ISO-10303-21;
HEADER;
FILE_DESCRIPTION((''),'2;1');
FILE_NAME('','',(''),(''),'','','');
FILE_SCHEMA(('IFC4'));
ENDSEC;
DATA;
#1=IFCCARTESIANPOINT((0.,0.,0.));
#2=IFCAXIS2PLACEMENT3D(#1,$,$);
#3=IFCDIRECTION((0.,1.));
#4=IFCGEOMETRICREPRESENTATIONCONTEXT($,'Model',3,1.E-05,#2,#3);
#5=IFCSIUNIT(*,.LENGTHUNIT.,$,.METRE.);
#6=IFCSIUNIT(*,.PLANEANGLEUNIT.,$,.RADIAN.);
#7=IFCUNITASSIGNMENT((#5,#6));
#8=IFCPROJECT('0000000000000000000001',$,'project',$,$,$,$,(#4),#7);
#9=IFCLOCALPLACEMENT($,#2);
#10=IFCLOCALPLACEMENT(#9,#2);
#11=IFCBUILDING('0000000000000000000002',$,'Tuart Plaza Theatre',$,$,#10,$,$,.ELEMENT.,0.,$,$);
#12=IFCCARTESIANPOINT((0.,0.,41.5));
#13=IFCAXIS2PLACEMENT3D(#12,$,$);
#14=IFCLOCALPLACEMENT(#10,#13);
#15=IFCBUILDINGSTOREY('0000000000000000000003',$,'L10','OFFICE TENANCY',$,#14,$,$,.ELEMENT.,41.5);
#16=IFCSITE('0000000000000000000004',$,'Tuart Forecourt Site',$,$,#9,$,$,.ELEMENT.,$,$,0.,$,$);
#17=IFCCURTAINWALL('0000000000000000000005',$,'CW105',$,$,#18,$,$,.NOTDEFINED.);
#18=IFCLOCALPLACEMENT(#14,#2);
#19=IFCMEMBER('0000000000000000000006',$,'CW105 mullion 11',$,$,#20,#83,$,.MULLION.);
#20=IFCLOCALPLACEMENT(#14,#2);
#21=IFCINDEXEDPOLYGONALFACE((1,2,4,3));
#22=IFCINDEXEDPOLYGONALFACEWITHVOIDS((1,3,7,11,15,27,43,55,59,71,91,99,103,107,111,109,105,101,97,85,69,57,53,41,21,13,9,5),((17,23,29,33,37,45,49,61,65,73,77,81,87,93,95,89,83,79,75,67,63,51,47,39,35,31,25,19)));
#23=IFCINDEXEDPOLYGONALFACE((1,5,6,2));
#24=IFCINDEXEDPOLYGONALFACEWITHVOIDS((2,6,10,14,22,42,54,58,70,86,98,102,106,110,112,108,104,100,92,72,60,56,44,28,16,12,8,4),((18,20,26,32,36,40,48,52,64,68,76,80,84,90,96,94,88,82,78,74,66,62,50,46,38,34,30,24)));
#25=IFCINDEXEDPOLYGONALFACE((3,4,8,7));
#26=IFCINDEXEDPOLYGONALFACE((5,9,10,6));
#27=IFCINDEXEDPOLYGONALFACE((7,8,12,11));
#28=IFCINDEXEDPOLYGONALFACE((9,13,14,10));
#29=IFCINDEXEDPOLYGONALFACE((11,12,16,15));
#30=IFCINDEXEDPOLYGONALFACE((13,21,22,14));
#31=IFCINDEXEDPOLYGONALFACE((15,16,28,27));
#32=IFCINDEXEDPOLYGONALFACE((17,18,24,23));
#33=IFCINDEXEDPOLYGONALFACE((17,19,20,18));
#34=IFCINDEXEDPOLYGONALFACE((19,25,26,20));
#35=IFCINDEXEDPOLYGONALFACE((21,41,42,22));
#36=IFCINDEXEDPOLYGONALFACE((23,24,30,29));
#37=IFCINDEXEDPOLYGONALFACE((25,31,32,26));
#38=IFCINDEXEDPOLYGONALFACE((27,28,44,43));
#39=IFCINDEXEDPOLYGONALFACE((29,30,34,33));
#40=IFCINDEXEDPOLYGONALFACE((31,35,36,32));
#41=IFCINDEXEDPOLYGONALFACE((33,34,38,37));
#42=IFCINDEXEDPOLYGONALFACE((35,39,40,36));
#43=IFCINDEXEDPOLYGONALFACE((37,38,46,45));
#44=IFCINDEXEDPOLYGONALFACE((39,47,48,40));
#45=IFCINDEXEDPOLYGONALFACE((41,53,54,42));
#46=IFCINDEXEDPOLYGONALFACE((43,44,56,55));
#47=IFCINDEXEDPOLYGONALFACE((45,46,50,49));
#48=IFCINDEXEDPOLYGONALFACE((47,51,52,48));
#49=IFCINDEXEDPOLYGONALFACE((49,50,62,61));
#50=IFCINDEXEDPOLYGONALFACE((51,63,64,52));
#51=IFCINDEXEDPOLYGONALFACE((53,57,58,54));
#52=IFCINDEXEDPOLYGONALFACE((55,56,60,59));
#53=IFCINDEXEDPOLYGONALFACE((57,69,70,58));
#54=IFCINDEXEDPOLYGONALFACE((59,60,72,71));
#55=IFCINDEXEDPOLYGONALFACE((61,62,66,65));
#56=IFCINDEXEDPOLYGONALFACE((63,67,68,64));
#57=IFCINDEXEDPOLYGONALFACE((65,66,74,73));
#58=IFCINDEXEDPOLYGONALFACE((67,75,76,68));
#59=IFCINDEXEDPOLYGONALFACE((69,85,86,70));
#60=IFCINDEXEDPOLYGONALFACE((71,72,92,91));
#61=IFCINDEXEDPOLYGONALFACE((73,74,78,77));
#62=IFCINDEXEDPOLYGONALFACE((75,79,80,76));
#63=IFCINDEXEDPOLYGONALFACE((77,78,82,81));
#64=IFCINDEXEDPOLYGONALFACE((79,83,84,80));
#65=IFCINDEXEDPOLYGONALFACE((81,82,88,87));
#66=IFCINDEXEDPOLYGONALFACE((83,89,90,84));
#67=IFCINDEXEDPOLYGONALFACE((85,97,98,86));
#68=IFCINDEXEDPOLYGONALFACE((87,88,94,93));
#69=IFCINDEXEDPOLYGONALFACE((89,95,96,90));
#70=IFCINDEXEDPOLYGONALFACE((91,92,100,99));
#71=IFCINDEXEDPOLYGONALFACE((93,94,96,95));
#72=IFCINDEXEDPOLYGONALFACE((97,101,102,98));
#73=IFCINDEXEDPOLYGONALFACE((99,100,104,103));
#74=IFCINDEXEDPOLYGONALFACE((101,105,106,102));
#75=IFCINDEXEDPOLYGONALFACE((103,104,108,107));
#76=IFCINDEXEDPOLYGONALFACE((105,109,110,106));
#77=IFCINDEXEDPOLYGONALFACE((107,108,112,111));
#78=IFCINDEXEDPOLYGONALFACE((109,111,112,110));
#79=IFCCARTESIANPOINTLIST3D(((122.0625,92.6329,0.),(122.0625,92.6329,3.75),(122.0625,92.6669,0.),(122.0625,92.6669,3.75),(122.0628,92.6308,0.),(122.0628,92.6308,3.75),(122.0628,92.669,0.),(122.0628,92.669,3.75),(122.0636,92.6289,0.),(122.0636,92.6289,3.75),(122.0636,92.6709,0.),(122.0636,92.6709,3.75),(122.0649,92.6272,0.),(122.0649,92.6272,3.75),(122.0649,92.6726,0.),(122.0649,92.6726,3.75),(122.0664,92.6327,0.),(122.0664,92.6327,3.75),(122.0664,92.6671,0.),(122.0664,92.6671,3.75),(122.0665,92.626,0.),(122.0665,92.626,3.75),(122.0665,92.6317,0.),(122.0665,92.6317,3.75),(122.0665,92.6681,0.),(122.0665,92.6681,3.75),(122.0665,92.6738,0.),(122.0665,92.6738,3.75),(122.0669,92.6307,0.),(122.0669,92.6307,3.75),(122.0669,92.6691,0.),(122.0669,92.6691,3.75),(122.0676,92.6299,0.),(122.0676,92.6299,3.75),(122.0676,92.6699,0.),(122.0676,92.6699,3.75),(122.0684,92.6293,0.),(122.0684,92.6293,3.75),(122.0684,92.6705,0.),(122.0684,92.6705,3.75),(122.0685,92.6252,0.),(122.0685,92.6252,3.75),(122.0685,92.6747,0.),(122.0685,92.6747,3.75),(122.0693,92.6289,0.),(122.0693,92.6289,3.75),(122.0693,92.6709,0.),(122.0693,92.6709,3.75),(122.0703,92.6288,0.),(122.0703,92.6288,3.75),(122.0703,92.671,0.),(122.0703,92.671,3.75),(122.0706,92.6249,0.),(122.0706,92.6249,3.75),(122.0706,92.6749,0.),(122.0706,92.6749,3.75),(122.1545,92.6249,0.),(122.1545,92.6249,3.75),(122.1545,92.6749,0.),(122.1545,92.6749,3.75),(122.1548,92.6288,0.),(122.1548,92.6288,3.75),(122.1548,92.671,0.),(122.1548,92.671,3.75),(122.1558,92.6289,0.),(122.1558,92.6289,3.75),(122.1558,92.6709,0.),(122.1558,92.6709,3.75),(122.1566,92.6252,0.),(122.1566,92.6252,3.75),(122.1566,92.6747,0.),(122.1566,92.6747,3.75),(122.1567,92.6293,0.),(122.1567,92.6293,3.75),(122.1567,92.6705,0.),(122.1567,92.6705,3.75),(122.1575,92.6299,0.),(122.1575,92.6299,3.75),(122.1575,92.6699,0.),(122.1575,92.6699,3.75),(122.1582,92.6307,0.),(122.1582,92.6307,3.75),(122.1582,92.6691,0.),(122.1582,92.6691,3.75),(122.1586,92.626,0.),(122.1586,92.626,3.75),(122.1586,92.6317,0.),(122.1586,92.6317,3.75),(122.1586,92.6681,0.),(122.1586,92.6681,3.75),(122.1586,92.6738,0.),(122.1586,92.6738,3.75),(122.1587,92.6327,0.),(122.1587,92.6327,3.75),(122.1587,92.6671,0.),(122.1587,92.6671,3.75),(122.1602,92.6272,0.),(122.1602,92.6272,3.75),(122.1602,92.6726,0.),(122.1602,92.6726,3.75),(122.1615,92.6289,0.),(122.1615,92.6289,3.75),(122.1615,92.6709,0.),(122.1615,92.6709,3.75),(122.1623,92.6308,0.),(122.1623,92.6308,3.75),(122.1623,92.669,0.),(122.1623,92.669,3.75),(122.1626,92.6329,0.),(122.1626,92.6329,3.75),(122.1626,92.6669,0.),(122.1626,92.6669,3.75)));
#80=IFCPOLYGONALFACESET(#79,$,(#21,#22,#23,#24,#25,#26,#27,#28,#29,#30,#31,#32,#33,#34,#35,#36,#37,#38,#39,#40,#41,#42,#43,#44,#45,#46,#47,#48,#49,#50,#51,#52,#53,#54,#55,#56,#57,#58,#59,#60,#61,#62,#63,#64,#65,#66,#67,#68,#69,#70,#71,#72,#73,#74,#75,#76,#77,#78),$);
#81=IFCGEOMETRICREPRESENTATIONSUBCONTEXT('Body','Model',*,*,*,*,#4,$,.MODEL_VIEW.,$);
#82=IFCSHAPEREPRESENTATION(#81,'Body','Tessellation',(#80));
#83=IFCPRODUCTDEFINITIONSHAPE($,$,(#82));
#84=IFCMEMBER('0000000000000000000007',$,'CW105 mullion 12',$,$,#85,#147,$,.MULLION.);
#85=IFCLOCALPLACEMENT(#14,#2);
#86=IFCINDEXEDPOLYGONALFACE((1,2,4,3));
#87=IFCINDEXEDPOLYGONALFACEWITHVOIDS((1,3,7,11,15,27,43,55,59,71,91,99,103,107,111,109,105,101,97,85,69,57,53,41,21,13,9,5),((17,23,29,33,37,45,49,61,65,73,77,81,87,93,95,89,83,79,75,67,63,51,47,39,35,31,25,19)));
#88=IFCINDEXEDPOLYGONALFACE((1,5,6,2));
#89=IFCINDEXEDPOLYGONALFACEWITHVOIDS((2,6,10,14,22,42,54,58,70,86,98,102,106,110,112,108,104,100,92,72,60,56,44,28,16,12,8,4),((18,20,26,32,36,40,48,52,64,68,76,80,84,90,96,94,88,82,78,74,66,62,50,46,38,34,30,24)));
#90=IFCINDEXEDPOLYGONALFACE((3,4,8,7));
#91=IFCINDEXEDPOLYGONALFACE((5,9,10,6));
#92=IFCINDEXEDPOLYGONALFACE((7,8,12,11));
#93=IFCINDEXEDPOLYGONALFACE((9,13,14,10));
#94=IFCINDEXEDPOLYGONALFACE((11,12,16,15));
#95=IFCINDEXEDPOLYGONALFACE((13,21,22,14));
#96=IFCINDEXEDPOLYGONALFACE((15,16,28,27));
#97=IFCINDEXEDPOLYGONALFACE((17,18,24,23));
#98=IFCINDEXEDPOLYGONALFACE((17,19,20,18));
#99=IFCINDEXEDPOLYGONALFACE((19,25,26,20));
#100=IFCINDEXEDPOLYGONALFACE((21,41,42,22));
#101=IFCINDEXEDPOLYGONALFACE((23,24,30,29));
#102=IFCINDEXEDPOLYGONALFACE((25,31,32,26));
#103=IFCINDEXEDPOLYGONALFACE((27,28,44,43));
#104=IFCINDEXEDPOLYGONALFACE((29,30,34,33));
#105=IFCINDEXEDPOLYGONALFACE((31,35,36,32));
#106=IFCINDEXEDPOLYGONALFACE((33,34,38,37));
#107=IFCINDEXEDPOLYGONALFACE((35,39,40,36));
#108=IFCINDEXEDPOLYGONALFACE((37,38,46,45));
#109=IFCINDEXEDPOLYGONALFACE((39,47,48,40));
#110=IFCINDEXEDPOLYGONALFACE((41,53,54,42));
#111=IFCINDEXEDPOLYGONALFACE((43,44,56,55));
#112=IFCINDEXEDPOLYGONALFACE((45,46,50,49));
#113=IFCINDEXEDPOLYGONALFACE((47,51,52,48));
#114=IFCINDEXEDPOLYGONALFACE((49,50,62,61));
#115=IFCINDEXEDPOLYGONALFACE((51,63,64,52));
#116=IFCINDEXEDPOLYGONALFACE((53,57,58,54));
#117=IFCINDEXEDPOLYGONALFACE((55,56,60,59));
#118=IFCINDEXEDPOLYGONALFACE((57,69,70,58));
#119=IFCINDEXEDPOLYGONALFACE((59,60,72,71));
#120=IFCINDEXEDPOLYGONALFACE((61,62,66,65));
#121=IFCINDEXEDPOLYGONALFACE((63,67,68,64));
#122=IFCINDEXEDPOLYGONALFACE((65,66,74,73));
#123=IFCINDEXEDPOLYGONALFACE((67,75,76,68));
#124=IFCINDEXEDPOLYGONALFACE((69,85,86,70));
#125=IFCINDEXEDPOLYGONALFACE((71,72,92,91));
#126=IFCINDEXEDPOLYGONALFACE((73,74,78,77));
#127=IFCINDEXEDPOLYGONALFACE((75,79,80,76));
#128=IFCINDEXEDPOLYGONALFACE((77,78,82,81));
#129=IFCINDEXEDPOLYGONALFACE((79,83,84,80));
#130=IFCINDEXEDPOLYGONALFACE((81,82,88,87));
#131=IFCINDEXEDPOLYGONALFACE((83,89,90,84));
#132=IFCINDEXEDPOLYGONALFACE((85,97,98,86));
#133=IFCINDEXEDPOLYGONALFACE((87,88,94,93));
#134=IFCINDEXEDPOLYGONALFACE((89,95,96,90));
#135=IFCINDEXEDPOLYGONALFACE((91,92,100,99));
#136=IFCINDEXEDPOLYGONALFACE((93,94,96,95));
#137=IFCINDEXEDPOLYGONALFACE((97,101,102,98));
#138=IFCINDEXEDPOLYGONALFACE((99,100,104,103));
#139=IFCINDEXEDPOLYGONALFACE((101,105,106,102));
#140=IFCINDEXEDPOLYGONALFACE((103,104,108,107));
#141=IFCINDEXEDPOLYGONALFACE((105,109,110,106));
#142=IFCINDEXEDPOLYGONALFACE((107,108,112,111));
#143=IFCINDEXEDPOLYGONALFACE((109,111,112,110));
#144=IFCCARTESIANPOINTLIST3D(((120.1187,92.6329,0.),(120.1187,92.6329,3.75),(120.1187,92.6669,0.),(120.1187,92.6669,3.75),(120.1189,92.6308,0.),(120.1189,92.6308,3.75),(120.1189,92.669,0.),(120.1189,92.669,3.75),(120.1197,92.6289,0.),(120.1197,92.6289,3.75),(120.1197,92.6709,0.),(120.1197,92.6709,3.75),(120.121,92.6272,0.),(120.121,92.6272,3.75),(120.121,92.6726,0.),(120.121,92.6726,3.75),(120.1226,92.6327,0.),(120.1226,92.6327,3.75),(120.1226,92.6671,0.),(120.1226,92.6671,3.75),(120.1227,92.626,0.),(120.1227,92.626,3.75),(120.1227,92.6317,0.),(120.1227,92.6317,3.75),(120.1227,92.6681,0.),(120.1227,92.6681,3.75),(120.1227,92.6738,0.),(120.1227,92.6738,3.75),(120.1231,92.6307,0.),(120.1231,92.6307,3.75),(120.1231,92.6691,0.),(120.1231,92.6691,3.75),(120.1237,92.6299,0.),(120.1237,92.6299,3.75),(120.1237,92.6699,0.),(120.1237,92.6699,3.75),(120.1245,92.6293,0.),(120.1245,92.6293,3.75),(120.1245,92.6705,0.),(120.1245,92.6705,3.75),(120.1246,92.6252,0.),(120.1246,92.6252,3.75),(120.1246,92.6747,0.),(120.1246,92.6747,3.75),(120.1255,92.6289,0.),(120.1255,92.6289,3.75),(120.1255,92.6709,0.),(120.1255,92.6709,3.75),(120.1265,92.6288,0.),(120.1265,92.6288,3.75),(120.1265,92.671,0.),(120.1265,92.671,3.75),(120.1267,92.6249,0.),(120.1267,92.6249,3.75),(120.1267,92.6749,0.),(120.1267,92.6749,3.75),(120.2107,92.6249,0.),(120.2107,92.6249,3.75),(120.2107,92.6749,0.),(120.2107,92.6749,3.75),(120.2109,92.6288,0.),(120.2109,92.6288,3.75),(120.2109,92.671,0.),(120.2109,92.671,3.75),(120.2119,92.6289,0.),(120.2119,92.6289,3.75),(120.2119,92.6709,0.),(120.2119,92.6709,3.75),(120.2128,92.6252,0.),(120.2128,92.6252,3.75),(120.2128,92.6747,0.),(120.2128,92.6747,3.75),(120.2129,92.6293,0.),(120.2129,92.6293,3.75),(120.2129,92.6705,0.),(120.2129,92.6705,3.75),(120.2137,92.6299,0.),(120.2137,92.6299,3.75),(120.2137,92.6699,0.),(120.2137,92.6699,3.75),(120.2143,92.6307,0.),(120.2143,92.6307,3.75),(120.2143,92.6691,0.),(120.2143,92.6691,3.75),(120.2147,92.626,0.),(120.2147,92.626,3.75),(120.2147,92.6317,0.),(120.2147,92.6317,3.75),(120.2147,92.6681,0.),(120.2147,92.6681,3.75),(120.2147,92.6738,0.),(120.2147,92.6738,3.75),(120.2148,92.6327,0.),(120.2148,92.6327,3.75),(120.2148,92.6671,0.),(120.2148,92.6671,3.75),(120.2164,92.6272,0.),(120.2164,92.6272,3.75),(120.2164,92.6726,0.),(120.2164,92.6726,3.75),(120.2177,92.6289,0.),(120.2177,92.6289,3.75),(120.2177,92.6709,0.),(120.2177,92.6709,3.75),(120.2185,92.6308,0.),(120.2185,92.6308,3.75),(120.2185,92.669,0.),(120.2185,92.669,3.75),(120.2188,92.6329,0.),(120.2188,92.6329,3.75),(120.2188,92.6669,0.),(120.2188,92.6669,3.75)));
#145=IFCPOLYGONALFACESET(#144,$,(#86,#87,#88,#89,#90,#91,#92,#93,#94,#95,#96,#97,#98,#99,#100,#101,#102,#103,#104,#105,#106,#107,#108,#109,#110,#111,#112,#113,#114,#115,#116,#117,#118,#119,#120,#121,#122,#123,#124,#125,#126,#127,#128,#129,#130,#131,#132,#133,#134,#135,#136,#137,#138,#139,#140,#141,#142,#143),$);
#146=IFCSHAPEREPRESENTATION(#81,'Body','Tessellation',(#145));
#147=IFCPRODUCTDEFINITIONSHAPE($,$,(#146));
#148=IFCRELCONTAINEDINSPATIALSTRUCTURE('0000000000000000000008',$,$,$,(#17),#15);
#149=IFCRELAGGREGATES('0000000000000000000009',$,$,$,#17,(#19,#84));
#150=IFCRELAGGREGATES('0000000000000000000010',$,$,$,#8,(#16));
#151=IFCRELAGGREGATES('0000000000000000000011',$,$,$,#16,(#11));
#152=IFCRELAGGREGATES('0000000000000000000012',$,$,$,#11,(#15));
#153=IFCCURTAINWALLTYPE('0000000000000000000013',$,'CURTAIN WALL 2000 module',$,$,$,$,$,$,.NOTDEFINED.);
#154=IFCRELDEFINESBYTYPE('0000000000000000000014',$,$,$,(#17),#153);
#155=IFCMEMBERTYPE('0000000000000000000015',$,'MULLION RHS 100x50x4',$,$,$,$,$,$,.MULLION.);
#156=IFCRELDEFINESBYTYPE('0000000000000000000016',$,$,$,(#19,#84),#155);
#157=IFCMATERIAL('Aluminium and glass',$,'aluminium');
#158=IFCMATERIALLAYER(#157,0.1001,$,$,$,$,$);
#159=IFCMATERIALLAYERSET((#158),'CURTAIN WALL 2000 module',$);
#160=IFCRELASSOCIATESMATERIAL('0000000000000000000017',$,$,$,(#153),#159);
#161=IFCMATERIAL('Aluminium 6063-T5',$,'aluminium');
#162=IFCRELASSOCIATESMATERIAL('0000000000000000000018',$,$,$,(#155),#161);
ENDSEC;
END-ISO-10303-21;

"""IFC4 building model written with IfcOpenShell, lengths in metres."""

from ifc_helpers import new_model, si_unit, direction, frame, origin, origin_2d, place, context, subcontext, project, spatial, hollow_rectangle, extrude, material, layer, layer_set, material_profile, profile_set, type_object, element, aggregate, save


model = new_model("IFC4")

# Units and contexts
model_context = context("Model", 3, precision=1e-05, world=origin(), true_north=direction((0.0, 1.0)))
body_context = subcontext(model_context, "Body", "Model", "MODEL_VIEW")
ifc_project = project(units=[si_unit("LENGTHUNIT", "METRE"), si_unit("PLANEANGLEUNIT", "RADIAN")], contexts=[model_context])

# Site, building, storey
site_placement = place(None, origin())
site = spatial("IfcSite", under=ifc_project, at=site_placement, Name="Tuart Forecourt Site", CompositionType="ELEMENT", RefElevation=0.0)
building_placement = place(site_placement, origin())
building = spatial("IfcBuilding", under=site, at=building_placement, Name="Tuart Plaza Theatre", CompositionType="ELEMENT", ElevationOfRefHeight=0.0)
storey_placement = place(building_placement, frame((0.0, 0.0, 41.5)))
storey = spatial("IfcBuildingStorey", under=building, at=storey_placement, Name="L10", Description="OFFICE TENANCY", CompositionType="ELEMENT", Elevation=41.5)

# Curtain wall, members
ifc_material_1 = material(Name="Aluminium and glass", Category="aluminium")
ifc_layer_1 = layer(ifc_material_1, 0.1001)
ifc_layer_set_1 = layer_set([ifc_layer_1], Name="CURTAIN WALL 2000 module")
curtain_wall_type = type_object("IfcCurtainWallType", Name="CURTAIN WALL 2000 module", PredefinedType="NOTDEFINED", material=ifc_layer_set_1)
curtain_wall_placement = place(storey_placement, origin())
curtain_wall = element("IfcCurtainWall", 1, at=curtain_wall_placement, inside=storey, type_object=curtain_wall_type, Name="CW105", PredefinedType="NOTDEFINED")
ifc_material_2 = material(Name="Aluminium 6063-T5", Category="aluminium")
ifc_material_profile_1 = material_profile(ifc_material_2, hollow_rectangle(XDim=0.05, YDim=0.1001, WallThickness=0.0039, InnerFilletRadius=0.0039, OuterFilletRadius=0.0081, at=origin_2d()), Name="RHS 100x50x4")
ifc_profile_set_1 = profile_set([ifc_material_profile_1], Name="Aluminium 6063-T5")
member_type_1 = type_object("IfcMemberType", Name="MULLION RHS 100x50x4", PredefinedType="MULLION", material=ifc_profile_set_1)
member_1_placement = place(storey_placement, frame((122.1125, 92.6499, 0.0), z_axis=(0.0, 0.0, 1.0), x_axis=(0.0, -1.0, 0.0)))
member_1 = element("IfcMember", 2, at=member_1_placement, type_object=member_type_1, Name="CW105 mullion 11", PredefinedType="MULLION", context=body_context, shape_type="SweptSolid", body=[
    extrude(hollow_rectangle(XDim=0.05, YDim=0.1001, WallThickness=0.0039, InnerFilletRadius=0.0039, OuterFilletRadius=0.0081, at=origin_2d()), origin(), (0.0, 0.0, 1.0), 3.75),
])
member_2_placement = place(storey_placement, frame((120.1687, 92.6499, 0.0), z_axis=(0.0, 0.0, 1.0), x_axis=(0.0, -1.0, 0.0)))
member_2 = element("IfcMember", 3, at=member_2_placement, type_object=member_type_1, Name="CW105 mullion 12", PredefinedType="MULLION", context=body_context, shape_type="SweptSolid", body=[
    extrude(hollow_rectangle(XDim=0.05, YDim=0.1001, WallThickness=0.0039, InnerFilletRadius=0.0039, OuterFilletRadius=0.0081, at=origin_2d()), origin(), (0.0, 0.0, 1.0), 3.75),
])
aggregate(curtain_wall, [member_1, member_2])

save(model, "model.ifc")
